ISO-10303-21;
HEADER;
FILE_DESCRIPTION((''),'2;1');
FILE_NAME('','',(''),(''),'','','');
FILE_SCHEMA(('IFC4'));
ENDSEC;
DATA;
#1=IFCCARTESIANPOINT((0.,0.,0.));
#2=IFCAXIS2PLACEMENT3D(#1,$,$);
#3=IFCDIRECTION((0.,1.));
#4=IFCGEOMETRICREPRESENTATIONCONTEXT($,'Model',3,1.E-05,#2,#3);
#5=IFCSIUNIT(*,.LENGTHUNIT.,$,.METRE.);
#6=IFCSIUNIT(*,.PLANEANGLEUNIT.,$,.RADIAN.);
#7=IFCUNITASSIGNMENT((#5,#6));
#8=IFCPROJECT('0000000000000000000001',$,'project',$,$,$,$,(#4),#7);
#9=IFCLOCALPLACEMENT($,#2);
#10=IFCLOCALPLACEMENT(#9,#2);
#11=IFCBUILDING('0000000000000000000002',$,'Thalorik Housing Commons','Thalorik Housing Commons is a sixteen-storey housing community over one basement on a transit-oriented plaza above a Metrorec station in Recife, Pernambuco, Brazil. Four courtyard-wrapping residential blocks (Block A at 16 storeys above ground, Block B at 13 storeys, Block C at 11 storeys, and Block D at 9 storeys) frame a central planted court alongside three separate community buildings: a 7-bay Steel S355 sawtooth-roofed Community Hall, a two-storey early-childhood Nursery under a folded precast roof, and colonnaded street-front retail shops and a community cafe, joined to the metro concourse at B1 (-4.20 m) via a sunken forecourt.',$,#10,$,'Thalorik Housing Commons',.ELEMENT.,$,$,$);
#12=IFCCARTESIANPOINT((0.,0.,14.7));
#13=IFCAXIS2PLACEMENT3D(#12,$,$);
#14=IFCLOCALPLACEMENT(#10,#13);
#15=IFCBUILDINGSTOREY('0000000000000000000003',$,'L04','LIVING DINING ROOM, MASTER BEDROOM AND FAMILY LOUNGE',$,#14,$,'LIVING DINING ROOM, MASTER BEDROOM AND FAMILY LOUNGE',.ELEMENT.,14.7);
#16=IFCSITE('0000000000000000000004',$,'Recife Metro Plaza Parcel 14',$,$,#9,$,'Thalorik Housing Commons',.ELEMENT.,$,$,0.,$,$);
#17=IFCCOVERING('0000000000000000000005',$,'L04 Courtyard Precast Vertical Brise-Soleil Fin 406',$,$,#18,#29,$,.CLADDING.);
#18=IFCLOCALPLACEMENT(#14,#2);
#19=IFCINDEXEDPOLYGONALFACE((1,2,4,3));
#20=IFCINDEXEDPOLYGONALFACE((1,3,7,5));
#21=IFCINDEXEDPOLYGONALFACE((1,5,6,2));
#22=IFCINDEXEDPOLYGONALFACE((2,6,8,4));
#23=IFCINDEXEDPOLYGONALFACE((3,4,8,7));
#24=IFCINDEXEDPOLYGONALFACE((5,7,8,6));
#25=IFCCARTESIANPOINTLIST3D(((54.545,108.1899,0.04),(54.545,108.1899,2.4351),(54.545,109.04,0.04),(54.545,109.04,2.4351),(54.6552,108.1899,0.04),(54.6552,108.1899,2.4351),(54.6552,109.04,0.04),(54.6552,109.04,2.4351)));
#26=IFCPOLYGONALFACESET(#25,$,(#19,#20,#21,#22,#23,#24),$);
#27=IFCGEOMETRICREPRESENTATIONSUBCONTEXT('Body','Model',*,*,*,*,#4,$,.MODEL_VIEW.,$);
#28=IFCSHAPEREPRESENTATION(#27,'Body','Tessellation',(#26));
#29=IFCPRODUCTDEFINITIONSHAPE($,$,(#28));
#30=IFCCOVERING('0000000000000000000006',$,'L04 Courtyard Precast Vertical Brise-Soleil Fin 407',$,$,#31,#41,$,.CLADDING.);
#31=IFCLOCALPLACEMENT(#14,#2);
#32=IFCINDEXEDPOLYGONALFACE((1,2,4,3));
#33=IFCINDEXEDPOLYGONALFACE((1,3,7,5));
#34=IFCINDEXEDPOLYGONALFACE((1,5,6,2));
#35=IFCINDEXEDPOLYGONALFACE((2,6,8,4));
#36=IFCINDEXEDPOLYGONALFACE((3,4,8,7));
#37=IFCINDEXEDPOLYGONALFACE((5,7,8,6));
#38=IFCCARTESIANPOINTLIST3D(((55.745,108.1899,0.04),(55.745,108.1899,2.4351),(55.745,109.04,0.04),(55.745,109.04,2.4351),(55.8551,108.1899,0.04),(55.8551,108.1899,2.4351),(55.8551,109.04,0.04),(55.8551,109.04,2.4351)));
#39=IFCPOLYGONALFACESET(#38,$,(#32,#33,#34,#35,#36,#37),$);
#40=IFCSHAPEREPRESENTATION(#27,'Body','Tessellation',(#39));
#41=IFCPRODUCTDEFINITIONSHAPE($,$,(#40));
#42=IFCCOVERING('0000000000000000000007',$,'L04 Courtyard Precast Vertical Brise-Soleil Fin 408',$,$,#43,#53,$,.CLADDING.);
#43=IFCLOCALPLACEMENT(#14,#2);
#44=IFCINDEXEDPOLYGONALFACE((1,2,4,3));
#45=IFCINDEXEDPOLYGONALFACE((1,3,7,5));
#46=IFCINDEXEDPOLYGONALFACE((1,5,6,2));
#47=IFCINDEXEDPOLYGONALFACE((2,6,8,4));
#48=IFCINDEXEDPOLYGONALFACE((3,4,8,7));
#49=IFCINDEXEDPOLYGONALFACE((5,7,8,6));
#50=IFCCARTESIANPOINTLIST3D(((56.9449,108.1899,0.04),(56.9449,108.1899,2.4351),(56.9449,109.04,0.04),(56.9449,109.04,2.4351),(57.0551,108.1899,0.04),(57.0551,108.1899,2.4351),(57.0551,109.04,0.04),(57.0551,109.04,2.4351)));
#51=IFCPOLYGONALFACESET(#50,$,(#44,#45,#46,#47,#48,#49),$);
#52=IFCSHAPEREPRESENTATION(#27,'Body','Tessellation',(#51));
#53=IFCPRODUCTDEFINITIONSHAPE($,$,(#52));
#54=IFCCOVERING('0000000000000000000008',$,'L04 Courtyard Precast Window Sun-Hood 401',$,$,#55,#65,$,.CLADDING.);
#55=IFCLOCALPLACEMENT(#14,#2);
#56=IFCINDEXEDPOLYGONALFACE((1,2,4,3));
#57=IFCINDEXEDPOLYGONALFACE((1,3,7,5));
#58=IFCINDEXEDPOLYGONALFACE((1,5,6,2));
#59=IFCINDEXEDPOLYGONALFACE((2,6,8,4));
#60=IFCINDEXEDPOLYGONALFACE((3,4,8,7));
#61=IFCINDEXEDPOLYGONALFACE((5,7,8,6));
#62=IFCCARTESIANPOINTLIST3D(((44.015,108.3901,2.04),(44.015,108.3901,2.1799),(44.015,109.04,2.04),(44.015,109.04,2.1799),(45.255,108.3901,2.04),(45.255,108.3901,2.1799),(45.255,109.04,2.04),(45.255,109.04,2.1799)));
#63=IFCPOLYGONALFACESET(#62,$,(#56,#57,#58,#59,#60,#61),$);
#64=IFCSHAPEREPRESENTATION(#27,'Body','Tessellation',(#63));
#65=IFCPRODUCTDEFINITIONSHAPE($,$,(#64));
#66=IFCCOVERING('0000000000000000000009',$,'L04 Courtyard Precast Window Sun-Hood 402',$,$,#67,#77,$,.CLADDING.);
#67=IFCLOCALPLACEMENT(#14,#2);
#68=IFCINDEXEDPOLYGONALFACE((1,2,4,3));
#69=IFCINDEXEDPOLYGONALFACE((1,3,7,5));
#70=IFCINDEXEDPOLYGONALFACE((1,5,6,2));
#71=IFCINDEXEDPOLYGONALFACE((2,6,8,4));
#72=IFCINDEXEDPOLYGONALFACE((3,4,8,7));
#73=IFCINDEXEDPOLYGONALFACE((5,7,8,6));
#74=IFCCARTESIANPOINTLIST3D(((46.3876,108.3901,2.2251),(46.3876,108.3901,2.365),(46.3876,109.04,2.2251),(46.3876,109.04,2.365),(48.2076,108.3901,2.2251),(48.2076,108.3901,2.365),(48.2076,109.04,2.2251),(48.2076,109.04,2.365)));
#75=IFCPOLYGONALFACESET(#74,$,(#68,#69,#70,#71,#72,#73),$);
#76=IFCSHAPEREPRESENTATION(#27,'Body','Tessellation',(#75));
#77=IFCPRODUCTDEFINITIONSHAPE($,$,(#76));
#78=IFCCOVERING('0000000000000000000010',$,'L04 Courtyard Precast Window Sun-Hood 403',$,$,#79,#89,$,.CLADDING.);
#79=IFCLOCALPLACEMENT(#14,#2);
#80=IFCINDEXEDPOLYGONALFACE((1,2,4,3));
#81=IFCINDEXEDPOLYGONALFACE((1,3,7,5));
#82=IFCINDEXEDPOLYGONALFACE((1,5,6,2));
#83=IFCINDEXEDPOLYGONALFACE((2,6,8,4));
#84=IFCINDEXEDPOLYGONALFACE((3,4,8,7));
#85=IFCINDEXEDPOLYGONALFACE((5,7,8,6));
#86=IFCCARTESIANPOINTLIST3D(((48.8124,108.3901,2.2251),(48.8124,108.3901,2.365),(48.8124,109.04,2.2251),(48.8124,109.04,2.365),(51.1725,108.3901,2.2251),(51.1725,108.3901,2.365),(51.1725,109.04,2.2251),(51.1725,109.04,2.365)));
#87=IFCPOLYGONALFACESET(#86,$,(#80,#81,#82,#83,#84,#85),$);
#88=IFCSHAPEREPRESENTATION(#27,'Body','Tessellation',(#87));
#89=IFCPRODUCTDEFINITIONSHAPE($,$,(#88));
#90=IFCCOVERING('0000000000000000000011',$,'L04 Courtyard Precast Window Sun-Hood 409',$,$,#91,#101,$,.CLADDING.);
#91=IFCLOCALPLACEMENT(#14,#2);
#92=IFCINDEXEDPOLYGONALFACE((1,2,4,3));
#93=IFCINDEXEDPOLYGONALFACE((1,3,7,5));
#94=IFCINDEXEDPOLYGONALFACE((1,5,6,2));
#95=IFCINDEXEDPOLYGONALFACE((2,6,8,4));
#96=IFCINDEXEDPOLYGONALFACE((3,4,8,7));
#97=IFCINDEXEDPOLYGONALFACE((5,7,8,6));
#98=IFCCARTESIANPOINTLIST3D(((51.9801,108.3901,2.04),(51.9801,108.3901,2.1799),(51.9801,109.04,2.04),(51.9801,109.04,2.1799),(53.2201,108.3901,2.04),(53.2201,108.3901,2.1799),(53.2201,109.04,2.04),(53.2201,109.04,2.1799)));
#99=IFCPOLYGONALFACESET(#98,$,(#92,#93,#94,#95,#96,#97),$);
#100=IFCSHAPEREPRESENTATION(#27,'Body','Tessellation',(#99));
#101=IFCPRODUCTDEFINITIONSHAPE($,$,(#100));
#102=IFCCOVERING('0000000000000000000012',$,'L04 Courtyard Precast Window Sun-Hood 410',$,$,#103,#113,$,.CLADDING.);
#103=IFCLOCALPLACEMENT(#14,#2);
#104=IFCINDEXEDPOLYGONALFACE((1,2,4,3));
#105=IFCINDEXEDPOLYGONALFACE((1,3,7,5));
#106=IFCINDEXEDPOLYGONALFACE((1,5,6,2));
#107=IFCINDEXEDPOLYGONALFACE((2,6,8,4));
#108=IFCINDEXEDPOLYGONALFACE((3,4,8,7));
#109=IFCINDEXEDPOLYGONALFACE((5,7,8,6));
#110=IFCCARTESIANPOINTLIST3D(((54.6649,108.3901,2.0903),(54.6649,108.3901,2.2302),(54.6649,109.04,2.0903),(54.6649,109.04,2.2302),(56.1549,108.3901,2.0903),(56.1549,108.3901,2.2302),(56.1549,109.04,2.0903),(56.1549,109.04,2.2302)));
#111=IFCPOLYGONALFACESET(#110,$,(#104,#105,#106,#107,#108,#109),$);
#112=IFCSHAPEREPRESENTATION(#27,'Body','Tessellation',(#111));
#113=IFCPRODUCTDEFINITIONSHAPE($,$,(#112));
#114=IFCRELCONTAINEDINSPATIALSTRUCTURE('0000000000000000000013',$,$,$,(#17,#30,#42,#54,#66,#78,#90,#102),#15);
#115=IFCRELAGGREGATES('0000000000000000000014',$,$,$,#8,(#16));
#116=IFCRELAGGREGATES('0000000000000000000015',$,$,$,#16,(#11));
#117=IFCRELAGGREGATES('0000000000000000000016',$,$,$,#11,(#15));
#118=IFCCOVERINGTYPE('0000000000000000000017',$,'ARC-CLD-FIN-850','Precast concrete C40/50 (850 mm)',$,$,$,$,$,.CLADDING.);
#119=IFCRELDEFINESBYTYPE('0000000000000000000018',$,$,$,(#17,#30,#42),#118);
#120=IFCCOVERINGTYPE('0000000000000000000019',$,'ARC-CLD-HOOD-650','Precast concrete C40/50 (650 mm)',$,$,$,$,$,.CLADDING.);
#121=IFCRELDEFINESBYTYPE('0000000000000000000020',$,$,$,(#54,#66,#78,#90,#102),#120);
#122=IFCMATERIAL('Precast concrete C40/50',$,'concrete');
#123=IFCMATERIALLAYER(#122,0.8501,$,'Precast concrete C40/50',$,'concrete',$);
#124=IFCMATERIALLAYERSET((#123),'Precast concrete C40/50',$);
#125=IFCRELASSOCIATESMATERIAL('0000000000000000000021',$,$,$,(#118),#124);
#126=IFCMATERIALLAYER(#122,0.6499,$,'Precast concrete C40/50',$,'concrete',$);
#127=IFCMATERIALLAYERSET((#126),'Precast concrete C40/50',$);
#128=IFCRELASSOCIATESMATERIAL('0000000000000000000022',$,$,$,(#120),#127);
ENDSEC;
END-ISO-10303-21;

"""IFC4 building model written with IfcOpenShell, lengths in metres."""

from ifc_helpers import new_model, si_unit, direction, frame, origin, origin_2d, place, context, subcontext, project, spatial, rectangle, extrude, material, layer, layer_set, type_object, element, save


model = new_model("IFC4")

# Units and contexts
model_context = context("Model", 3, precision=1e-05, world=origin(), true_north=direction((0.0, 1.0)))
body_context = subcontext(model_context, "Body", "Model", "MODEL_VIEW")
ifc_project = project(units=[si_unit("LENGTHUNIT", "METRE"), si_unit("PLANEANGLEUNIT", "RADIAN")], contexts=[model_context])

# Site, building, storey
site_placement = place(None, origin())
site = spatial("IfcSite", under=ifc_project, at=site_placement, Name="Recife Metro Plaza Parcel 14", LongName="Thalorik Housing Commons", CompositionType="ELEMENT", RefElevation=0.0)
building_placement = place(site_placement, origin())
building = spatial("IfcBuilding", under=site, at=building_placement, Name="Thalorik Housing Commons", Description="Thalorik Housing Commons is a sixteen-storey housing community over one basement on a transit-oriented plaza above a Metrorec station in Recife, Pernambuco, Brazil. Four courtyard-wrapping residential blocks (Block A at 16 storeys above ground, Block B at 13 storeys, Block C at 11 storeys, and Block D at 9 storeys) frame a central planted court alongside three separate community buildings: a 7-bay Steel S355 sawtooth-roofed Community Hall, a two-storey early-childhood Nursery under a folded precast roof, and colonnaded street-front retail shops and a community cafe, joined to the metro concourse at B1 (-4.20 m) via a sunken forecourt.", LongName="Thalorik Housing Commons", CompositionType="ELEMENT")
storey_placement = place(building_placement, frame((0.0, 0.0, 14.7)))
storey = spatial("IfcBuildingStorey", under=building, at=storey_placement, Name="L04", Description="LIVING DINING ROOM, MASTER BEDROOM AND FAMILY LOUNGE", LongName="LIVING DINING ROOM, MASTER BEDROOM AND FAMILY LOUNGE", CompositionType="ELEMENT", Elevation=14.7)

# Shared definitions
ifc_material_1 = material(Name="Precast concrete C40/50", Category="concrete")

# Coverings
ifc_layer_1 = layer(ifc_material_1, 0.8501, Name="Precast concrete C40/50", Category="concrete")
ifc_layer_set_1 = layer_set([ifc_layer_1], Name="Precast concrete C40/50")
covering_type_1 = type_object("IfcCoveringType", Name="ARC-CLD-FIN-850", Description="Precast concrete C40/50 (850 mm)", PredefinedType="CLADDING", material=ifc_layer_set_1)
for number, where, z_axis, x_axis, name in (
    (1, (54.6001, 108.615, 0.04), (0.0, 0.0, 1.0), (1.0, 0.0, 0.0), "L04 Courtyard Precast Vertical Brise-Soleil Fin 406"),
    (2, (55.8, 108.615, 0.04), (0.0, 0.0, 1.0), (1.0, 0.0, 0.0), "L04 Courtyard Precast Vertical Brise-Soleil Fin 407"),
    (3, (57.0, 108.615, 0.04), (0.0, 0.0, 1.0), (1.0, 0.0, 0.0), "L04 Courtyard Precast Vertical Brise-Soleil Fin 408"),
):
    element("IfcCovering", number, at=place(storey_placement, frame(where, z_axis=z_axis, x_axis=x_axis)), inside=storey, type_object=covering_type_1, Name=name, PredefinedType="CLADDING", context=body_context, shape_type="SweptSolid", body=[
        extrude(rectangle(XDim=0.1101, YDim=0.8501, at=origin_2d()), origin(), (0.0, 0.0, 1.0), 2.395),
    ])
ifc_layer_2 = layer(ifc_material_1, 0.6499, Name="Precast concrete C40/50", Category="concrete")
ifc_layer_set_2 = layer_set([ifc_layer_2], Name="Precast concrete C40/50")
covering_type_2 = type_object("IfcCoveringType", Name="ARC-CLD-HOOD-650", Description="Precast concrete C40/50 (650 mm)", PredefinedType="CLADDING", material=ifc_layer_set_2)
covering_1_placement = place(storey_placement, frame((44.635, 108.7151, 2.04), z_axis=(0.0, 0.0, 1.0), x_axis=(1.0, 0.0, 0.0)))
element("IfcCovering", 4, at=covering_1_placement, inside=storey, type_object=covering_type_2, Name="L04 Courtyard Precast Window Sun-Hood 401", PredefinedType="CLADDING", context=body_context, shape_type="SweptSolid", body=[
    extrude(rectangle(XDim=1.24, YDim=0.6499, at=origin_2d()), origin(), (0.0, 0.0, 1.0), 0.1399),
])
covering_2_placement = place(storey_placement, frame((47.2976, 108.7151, 2.2251), z_axis=(0.0, 0.0, 1.0), x_axis=(1.0, 0.0, 0.0)))
element("IfcCovering", 5, at=covering_2_placement, inside=storey, type_object=covering_type_2, Name="L04 Courtyard Precast Window Sun-Hood 402", PredefinedType="CLADDING", context=body_context, shape_type="SweptSolid", body=[
    extrude(rectangle(XDim=1.8201, YDim=0.6499, at=origin_2d()), origin(), (0.0, 0.0, 1.0), 0.1399),
])
covering_3_placement = place(storey_placement, frame((49.9924, 108.7151, 2.2251), z_axis=(0.0, 0.0, 1.0), x_axis=(1.0, 0.0, 0.0)))
element("IfcCovering", 6, at=covering_3_placement, inside=storey, type_object=covering_type_2, Name="L04 Courtyard Precast Window Sun-Hood 403", PredefinedType="CLADDING", context=body_context, shape_type="SweptSolid", body=[
    extrude(rectangle(XDim=2.3601, YDim=0.6499, at=origin_2d()), origin(), (0.0, 0.0, 1.0), 0.1399),
])
covering_4_placement = place(storey_placement, frame((52.6001, 108.7151, 2.04), z_axis=(0.0, 0.0, 1.0), x_axis=(1.0, 0.0, 0.0)))
element("IfcCovering", 7, at=covering_4_placement, inside=storey, type_object=covering_type_2, Name="L04 Courtyard Precast Window Sun-Hood 409", PredefinedType="CLADDING", context=body_context, shape_type="SweptSolid", body=[
    extrude(rectangle(XDim=1.24, YDim=0.6499, at=origin_2d()), origin(), (0.0, 0.0, 1.0), 0.1399),
])
covering_5_placement = place(storey_placement, frame((55.4099, 108.7151, 2.0903), z_axis=(0.0, 0.0, 1.0), x_axis=(1.0, 0.0, 0.0)))
element("IfcCovering", 8, at=covering_5_placement, inside=storey, type_object=covering_type_2, Name="L04 Courtyard Precast Window Sun-Hood 410", PredefinedType="CLADDING", context=body_context, shape_type="SweptSolid", body=[
    extrude(rectangle(XDim=1.49, YDim=0.6499, at=origin_2d()), origin(), (0.0, 0.0, 1.0), 0.1399),
])

save(model, "model.ifc")
